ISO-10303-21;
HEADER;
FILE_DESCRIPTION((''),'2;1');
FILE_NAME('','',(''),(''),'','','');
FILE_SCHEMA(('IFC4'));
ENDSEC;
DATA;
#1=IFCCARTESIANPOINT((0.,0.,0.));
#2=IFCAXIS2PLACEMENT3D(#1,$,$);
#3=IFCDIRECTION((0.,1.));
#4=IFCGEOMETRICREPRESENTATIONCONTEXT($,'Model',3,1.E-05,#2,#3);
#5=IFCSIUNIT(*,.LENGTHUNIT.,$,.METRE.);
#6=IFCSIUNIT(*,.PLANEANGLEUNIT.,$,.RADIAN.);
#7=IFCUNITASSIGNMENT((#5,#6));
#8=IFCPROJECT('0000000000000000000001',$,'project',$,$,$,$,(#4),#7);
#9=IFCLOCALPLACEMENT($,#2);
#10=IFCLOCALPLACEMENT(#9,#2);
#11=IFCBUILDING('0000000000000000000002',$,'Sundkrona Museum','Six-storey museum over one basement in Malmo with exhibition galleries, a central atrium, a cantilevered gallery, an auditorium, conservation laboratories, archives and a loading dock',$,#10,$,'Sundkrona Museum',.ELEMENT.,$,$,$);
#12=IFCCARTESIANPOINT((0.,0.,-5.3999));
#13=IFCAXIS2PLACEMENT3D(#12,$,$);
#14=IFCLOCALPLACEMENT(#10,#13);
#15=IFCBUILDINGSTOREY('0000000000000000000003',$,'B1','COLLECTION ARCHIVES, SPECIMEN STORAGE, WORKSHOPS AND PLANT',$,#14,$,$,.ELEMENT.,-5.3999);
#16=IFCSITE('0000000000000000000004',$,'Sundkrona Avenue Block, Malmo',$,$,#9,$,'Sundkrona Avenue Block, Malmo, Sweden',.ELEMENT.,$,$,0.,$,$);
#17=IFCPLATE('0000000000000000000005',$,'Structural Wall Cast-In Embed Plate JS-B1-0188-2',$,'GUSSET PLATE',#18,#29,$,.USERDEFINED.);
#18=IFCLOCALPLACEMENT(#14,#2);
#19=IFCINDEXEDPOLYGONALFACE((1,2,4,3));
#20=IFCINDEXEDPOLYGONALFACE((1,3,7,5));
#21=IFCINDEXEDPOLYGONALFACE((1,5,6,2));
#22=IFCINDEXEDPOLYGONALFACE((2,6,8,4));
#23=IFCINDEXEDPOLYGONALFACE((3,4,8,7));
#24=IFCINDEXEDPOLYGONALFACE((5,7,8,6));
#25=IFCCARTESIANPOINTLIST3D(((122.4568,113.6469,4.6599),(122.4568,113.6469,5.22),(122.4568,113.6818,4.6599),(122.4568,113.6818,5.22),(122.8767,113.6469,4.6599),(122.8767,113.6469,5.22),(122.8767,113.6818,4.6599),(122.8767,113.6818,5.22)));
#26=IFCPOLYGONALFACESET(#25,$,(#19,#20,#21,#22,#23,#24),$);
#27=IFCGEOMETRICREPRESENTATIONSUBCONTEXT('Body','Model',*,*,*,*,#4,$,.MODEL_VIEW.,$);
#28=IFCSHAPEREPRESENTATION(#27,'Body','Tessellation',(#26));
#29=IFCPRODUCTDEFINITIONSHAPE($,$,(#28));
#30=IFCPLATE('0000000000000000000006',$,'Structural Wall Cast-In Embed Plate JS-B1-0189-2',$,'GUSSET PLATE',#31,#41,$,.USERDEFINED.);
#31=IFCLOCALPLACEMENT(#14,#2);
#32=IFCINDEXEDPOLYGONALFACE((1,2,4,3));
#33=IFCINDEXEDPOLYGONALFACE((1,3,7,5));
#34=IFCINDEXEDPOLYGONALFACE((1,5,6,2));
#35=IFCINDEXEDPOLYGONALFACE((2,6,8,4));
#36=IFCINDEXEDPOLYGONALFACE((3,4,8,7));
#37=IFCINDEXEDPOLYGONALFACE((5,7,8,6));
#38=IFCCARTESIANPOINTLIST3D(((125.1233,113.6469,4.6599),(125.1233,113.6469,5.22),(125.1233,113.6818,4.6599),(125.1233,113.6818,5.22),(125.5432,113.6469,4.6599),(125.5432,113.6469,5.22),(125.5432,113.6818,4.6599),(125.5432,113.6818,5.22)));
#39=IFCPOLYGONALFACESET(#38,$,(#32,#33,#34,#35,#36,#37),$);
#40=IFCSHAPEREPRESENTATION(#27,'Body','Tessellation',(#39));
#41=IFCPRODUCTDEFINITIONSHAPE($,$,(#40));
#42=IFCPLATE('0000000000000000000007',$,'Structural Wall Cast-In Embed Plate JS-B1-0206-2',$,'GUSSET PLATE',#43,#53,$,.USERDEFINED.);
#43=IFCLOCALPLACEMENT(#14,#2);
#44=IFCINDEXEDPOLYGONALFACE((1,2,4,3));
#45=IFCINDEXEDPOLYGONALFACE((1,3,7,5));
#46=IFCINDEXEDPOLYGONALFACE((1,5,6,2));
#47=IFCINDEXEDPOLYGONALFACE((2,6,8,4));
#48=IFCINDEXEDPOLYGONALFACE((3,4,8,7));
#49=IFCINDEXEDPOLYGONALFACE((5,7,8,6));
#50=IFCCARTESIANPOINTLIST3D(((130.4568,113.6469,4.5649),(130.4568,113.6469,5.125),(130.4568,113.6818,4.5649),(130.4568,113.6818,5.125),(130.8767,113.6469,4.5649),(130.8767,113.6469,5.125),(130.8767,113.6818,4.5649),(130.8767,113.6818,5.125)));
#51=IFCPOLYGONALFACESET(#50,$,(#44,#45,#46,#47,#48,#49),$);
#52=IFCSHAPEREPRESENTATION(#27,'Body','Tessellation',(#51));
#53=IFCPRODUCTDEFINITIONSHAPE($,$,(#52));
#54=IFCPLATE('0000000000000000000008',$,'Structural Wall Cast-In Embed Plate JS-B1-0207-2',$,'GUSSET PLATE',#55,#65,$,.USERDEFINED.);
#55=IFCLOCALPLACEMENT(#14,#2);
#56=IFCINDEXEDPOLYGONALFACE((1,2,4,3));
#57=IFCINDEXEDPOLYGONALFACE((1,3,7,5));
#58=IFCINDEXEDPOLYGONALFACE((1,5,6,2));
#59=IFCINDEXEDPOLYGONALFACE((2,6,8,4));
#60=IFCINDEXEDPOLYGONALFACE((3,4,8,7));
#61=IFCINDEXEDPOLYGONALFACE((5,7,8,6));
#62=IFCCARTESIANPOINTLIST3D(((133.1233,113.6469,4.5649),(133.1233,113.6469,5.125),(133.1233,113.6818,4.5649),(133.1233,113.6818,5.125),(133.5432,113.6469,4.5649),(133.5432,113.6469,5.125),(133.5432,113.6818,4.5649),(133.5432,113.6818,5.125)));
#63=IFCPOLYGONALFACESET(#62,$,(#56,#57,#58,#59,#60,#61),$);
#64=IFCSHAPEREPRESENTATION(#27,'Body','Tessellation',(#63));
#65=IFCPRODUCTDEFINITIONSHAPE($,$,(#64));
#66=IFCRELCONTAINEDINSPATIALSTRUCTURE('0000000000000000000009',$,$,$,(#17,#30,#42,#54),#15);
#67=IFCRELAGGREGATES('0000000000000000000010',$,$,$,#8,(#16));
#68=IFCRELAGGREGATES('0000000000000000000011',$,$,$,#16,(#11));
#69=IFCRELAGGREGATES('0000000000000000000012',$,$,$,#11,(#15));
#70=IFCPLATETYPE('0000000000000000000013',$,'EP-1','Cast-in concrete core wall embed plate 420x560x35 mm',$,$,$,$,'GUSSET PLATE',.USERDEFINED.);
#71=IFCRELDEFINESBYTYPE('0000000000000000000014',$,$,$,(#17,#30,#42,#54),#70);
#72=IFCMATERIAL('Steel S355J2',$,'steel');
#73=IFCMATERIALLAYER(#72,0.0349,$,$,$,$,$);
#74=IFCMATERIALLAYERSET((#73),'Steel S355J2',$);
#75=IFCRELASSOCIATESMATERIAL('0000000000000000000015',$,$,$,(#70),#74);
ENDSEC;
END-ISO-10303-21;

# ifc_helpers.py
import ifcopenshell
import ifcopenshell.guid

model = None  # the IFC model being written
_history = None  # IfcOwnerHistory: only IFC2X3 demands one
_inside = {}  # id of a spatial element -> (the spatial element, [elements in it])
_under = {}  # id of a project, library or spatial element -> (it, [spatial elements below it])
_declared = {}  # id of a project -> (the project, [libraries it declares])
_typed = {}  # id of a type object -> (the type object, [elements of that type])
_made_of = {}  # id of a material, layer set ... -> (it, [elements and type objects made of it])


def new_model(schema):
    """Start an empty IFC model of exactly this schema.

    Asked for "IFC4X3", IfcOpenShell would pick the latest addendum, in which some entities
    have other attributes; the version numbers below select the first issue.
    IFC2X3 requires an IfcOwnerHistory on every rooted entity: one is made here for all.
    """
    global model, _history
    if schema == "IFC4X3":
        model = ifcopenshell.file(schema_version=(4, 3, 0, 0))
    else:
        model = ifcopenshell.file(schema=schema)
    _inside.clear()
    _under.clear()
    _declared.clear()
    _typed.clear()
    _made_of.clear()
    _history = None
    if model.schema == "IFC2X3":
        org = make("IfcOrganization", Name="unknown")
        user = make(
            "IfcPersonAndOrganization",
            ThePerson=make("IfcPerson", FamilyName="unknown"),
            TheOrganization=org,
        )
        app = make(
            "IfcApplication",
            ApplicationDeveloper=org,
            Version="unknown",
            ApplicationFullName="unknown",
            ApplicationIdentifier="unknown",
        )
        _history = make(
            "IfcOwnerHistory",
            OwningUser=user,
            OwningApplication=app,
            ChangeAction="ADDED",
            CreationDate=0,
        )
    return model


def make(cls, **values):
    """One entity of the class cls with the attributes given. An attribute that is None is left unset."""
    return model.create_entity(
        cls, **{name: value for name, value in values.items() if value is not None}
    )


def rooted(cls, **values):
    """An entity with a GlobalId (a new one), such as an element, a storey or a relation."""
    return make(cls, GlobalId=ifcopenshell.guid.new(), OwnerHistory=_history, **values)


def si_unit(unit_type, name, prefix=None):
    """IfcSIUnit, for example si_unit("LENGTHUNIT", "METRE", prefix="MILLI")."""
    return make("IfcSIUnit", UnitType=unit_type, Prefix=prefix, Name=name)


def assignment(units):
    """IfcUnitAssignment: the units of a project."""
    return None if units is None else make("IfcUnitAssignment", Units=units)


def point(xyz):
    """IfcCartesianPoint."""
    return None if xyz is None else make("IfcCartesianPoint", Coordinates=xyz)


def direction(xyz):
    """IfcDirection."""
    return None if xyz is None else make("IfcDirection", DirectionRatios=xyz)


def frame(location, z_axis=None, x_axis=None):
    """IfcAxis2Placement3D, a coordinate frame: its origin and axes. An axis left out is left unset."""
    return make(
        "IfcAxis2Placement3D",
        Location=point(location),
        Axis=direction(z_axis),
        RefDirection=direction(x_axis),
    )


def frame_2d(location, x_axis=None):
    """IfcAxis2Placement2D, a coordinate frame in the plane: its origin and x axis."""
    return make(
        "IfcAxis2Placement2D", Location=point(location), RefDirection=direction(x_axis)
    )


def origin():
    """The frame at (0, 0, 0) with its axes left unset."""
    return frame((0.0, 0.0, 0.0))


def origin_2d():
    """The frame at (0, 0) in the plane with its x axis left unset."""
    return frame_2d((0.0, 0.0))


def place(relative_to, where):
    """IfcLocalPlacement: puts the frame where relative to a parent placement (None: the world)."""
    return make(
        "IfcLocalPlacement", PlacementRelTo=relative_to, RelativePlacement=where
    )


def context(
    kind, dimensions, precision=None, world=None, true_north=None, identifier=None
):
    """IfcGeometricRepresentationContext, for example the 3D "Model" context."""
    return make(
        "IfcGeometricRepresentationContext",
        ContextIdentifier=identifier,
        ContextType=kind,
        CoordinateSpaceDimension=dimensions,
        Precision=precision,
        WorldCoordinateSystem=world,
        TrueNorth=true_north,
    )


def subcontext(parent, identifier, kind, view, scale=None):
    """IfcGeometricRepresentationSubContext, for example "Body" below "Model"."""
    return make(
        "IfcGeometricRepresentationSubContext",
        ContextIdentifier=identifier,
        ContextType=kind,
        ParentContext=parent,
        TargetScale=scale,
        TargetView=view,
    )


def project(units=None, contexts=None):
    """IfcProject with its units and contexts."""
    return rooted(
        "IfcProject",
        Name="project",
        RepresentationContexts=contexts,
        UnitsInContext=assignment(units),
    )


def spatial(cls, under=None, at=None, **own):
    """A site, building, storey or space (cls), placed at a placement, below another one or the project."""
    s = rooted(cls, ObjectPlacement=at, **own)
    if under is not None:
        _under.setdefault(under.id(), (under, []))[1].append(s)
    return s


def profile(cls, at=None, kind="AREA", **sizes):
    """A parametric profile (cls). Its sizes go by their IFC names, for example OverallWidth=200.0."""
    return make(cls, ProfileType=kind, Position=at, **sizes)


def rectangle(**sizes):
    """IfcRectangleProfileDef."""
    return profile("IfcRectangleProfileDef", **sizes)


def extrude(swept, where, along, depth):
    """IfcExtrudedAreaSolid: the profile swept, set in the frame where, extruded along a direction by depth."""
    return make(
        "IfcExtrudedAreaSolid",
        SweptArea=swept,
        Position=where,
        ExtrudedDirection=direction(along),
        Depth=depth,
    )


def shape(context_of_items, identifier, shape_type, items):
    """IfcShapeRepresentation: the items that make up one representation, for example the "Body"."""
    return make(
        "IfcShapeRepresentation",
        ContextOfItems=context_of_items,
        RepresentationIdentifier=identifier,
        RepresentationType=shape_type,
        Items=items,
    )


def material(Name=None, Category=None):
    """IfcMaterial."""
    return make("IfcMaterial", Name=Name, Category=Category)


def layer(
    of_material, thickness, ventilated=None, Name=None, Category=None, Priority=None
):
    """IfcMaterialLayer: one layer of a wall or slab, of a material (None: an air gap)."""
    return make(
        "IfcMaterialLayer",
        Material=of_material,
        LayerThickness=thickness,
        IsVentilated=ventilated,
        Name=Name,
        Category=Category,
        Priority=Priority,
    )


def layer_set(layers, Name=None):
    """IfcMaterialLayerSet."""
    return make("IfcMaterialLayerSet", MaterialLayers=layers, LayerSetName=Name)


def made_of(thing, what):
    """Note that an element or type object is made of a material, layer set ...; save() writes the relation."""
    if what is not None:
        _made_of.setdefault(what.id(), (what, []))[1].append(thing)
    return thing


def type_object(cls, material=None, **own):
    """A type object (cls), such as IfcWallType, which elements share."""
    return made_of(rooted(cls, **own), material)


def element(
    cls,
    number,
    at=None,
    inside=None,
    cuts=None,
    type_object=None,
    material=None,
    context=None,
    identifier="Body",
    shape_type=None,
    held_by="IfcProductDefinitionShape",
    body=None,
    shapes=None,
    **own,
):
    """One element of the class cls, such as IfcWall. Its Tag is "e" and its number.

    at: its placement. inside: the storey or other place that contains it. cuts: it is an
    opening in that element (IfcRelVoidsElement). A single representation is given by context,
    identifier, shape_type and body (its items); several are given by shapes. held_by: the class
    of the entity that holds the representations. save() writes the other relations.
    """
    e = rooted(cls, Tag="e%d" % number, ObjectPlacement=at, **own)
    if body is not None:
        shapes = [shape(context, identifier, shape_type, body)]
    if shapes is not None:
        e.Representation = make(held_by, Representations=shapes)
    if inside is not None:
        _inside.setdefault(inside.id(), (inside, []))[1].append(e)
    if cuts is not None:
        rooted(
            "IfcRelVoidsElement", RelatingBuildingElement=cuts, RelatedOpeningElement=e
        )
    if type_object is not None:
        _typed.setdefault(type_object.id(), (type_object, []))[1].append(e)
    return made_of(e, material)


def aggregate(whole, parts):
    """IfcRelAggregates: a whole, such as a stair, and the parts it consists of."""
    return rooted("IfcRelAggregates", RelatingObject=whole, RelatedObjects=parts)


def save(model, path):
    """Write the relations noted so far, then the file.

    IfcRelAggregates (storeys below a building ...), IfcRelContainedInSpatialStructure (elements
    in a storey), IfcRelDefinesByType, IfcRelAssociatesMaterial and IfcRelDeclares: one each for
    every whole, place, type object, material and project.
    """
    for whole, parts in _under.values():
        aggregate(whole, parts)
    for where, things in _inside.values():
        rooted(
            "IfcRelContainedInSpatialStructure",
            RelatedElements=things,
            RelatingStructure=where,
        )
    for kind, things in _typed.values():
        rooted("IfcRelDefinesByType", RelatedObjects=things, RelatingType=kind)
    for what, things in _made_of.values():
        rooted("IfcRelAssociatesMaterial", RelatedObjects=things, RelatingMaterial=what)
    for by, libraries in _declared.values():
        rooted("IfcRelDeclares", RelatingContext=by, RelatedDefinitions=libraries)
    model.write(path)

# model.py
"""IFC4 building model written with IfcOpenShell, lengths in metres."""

from ifc_helpers import new_model, si_unit, direction, frame, origin, origin_2d, place, context, subcontext, project, spatial, rectangle, extrude, material, layer, layer_set, type_object, element, save


model = new_model("IFC4")

# Units and contexts
model_context = context("Model", 3, precision=1e-05, world=origin(), true_north=direction((0.0, 1.0)))
body_context = subcontext(model_context, "Body", "Model", "MODEL_VIEW")
ifc_project = project(units=[si_unit("LENGTHUNIT", "METRE"), si_unit("PLANEANGLEUNIT", "RADIAN")], contexts=[model_context])

# Site, building, storey
site_placement = place(None, origin())
site = spatial("IfcSite", under=ifc_project, at=site_placement, Name="Sundkrona Avenue Block, Malmo", LongName="Sundkrona Avenue Block, Malmo, Sweden", CompositionType="ELEMENT", RefElevation=0.0)
building_placement = place(site_placement, origin())
building = spatial("IfcBuilding", under=site, at=building_placement, Name="Sundkrona Museum", Description="Six-storey museum over one basement in Malmo with exhibition galleries, a central atrium, a cantilevered gallery, an auditorium, conservation laboratories, archives and a loading dock", LongName="Sundkrona Museum", CompositionType="ELEMENT")
storey_placement = place(building_placement, frame((0.0, 0.0, -5.3999)))
storey = spatial("IfcBuildingStorey", under=building, at=storey_placement, Name="B1", Description="COLLECTION ARCHIVES, SPECIMEN STORAGE, WORKSHOPS AND PLANT", CompositionType="ELEMENT", Elevation=-5.3999)

# Shared definitions
ifc_material_1 = material(Name="Steel S355J2", Category="steel")

# Plates
ifc_layer = layer(ifc_material_1, 0.0349)
ifc_layer_set = layer_set([ifc_layer], Name="Steel S355J2")
plate_type = type_object("IfcPlateType", Name="EP-1", Description="Cast-in concrete core wall embed plate 420x560x35 mm", ElementType="GUSSET PLATE", PredefinedType="USERDEFINED", material=ifc_layer_set)
for number, where, z_axis, x_axis, name in (
    (1, (122.6667, 113.6643, 4.6599), (0.0, 0.0, 1.0), (1.0, 0.0, 0.0), "Structural Wall Cast-In Embed Plate JS-B1-0188-2"),
    (2, (125.3333, 113.6643, 4.6599), (0.0, 0.0, 1.0), (1.0, 0.0, 0.0), "Structural Wall Cast-In Embed Plate JS-B1-0189-2"),
    (3, (130.6667, 113.6643, 4.5649), (0.0, 0.0, 1.0), (1.0, 0.0, 0.0), "Structural Wall Cast-In Embed Plate JS-B1-0206-2"),
    (4, (133.3333, 113.6643, 4.5649), (0.0, 0.0, 1.0), (1.0, 0.0, 0.0), "Structural Wall Cast-In Embed Plate JS-B1-0207-2"),
):
    element("IfcPlate", number, at=place(storey_placement, frame(where, z_axis=z_axis, x_axis=x_axis)), inside=storey, type_object=plate_type, Name=name, ObjectType="GUSSET PLATE", PredefinedType="USERDEFINED", context=body_context, shape_type="SweptSolid", body=[
        extrude(rectangle(XDim=0.4199, YDim=0.0349, at=origin_2d()), origin(), (0.0, 0.0, 1.0), 0.5601),
    ])

save(model, "model.ifc")
